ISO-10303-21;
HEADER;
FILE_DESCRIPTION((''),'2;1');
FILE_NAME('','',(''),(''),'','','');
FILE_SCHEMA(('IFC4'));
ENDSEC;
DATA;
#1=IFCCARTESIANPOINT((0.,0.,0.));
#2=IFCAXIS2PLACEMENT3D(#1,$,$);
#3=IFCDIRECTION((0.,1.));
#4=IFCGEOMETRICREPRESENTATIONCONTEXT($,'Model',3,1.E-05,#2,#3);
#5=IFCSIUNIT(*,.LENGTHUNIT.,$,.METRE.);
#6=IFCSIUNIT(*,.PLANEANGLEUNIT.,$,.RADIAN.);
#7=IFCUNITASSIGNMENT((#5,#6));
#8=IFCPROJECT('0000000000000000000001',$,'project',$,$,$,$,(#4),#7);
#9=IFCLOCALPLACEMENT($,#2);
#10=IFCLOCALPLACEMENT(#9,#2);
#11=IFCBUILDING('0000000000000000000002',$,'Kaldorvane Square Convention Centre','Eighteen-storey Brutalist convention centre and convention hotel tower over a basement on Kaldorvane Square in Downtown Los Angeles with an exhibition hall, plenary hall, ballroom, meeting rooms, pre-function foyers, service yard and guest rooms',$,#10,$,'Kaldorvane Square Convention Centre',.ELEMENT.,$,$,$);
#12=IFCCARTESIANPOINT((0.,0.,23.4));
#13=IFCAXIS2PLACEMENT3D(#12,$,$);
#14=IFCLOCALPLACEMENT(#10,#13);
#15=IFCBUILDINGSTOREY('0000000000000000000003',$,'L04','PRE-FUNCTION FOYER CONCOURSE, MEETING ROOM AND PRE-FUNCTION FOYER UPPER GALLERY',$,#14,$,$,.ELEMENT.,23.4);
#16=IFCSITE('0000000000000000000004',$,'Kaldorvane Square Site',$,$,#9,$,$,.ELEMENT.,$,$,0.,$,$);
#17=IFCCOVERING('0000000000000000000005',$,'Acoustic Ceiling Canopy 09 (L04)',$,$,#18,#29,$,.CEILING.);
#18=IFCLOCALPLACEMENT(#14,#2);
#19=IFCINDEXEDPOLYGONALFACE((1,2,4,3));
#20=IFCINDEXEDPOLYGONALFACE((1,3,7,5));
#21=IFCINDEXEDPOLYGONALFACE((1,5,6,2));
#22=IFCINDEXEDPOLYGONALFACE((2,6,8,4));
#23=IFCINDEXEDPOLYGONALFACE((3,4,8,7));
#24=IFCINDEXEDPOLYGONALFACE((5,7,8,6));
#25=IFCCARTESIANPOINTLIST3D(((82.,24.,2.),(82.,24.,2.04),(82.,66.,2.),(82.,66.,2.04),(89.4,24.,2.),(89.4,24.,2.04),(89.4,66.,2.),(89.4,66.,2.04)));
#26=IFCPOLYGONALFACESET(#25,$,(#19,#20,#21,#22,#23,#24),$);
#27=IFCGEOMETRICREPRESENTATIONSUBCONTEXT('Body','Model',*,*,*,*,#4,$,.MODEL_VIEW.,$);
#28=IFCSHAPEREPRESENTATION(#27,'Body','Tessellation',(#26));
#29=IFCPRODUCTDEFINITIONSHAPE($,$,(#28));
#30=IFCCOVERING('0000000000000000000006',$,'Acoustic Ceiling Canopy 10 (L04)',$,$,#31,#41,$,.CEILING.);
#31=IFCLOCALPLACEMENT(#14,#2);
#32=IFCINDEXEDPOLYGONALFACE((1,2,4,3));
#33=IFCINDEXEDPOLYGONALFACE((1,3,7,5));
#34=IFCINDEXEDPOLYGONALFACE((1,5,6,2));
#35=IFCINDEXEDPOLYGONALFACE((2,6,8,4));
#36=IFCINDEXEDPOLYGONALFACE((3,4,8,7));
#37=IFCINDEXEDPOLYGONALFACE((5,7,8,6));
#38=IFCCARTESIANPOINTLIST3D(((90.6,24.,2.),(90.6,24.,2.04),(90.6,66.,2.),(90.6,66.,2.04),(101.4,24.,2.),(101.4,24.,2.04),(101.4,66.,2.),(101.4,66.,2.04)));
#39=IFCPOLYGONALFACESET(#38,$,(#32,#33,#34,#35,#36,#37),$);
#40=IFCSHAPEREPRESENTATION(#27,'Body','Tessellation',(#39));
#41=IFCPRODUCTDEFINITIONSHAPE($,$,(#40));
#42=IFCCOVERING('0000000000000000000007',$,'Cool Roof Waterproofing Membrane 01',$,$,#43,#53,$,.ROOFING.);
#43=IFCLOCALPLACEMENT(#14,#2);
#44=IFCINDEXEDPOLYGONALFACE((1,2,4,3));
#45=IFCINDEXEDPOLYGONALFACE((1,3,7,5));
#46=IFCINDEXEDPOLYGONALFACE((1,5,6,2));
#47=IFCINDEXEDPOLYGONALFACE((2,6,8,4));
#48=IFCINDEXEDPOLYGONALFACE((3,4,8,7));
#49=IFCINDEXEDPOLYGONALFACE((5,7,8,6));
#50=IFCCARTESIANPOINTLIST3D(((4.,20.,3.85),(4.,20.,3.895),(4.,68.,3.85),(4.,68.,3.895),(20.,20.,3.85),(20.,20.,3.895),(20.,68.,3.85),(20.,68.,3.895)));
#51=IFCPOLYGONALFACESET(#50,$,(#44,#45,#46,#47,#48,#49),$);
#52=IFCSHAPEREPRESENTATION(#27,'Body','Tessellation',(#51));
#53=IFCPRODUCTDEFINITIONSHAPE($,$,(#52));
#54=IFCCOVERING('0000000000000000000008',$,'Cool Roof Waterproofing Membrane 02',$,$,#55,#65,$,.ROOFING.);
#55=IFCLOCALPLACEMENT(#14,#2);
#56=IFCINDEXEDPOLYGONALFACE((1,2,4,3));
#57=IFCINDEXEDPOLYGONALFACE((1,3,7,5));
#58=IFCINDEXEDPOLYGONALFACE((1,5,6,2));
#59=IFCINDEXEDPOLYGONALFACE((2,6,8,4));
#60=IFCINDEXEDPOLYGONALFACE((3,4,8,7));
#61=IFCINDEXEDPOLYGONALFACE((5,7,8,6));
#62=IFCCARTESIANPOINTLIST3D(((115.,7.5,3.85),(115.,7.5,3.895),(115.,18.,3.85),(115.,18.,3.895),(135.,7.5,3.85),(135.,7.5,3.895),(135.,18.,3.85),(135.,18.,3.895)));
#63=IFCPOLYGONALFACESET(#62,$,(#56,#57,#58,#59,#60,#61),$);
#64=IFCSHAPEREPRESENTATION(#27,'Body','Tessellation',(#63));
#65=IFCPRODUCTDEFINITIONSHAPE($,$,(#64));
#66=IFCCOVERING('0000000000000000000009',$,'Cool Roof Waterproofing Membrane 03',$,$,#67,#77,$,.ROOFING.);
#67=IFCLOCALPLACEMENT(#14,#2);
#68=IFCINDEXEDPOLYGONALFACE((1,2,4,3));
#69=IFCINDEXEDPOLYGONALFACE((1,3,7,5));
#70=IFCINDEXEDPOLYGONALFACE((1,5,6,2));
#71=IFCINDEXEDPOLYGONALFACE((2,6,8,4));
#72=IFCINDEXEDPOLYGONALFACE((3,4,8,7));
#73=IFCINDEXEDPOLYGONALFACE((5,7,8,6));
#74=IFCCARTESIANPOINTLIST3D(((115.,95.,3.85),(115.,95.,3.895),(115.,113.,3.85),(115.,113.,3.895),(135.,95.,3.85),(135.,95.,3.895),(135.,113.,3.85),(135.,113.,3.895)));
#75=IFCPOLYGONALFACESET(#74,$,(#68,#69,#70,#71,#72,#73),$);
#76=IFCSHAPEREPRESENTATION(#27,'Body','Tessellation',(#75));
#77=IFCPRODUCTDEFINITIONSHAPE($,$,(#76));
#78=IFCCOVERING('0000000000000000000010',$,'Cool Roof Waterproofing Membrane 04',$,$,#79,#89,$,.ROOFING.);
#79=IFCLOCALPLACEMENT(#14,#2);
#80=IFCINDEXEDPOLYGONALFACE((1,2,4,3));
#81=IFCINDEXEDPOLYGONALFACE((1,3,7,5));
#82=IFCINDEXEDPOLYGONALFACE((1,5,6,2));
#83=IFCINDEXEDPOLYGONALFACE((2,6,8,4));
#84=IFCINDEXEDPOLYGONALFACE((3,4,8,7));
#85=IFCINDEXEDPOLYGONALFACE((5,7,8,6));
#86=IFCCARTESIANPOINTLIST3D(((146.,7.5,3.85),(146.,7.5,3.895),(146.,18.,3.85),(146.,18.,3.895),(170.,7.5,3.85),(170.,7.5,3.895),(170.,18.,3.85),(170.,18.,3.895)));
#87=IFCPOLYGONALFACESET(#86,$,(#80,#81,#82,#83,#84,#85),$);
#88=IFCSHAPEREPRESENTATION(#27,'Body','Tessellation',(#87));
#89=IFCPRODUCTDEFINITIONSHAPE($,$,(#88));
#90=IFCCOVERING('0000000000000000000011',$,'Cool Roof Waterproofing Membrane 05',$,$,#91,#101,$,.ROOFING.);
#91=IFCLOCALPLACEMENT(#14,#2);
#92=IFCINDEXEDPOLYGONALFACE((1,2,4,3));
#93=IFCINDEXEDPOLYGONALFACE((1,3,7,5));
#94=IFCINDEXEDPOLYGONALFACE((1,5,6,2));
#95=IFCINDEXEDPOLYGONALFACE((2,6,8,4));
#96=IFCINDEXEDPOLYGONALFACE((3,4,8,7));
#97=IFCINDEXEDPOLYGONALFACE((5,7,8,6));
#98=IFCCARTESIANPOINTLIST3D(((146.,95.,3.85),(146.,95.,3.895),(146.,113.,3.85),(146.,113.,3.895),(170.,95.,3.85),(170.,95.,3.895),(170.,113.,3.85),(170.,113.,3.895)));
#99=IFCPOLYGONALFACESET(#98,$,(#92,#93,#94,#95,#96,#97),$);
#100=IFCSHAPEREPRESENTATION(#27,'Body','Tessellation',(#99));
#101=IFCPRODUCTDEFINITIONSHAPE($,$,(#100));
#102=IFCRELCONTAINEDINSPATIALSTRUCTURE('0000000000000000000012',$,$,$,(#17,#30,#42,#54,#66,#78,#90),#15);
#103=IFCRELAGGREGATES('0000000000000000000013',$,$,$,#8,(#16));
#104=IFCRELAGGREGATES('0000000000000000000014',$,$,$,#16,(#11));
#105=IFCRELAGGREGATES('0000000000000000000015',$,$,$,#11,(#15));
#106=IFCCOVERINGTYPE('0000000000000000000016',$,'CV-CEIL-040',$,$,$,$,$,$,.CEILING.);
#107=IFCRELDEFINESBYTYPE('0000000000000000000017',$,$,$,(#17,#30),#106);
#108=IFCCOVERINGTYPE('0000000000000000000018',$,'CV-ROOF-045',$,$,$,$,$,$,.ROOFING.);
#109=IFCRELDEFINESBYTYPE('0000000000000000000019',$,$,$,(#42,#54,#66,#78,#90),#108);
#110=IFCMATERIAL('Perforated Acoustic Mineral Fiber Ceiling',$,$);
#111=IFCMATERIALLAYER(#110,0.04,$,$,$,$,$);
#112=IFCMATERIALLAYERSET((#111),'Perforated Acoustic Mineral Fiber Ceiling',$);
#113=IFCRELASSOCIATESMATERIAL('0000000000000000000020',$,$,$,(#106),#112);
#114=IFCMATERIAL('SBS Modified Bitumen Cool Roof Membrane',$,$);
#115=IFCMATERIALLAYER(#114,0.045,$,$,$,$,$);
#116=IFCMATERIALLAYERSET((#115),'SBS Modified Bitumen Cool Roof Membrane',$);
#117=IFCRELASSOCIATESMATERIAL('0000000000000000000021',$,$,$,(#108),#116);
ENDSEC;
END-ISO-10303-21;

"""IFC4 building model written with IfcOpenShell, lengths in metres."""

from ifc_helpers import new_model, si_unit, direction, frame, origin, place, context, subcontext, project, spatial, polyline, outline, extrude, material, layer, layer_set, type_object, element, save


model = new_model("IFC4")

# Units and contexts
model_context = context("Model", 3, precision=1e-05, world=origin(), true_north=direction((0.0, 1.0)))
body_context = subcontext(model_context, "Body", "Model", "MODEL_VIEW")
ifc_project = project(units=[si_unit("LENGTHUNIT", "METRE"), si_unit("PLANEANGLEUNIT", "RADIAN")], contexts=[model_context])

# Site, building, storey
site_placement = place(None, origin())
site = spatial("IfcSite", under=ifc_project, at=site_placement, Name="Kaldorvane Square Site", CompositionType="ELEMENT", RefElevation=0.0)
building_placement = place(site_placement, origin())
building = spatial("IfcBuilding", under=site, at=building_placement, Name="Kaldorvane Square Convention Centre", Description="Eighteen-storey Brutalist convention centre and convention hotel tower over a basement on Kaldorvane Square in Downtown Los Angeles with an exhibition hall, plenary hall, ballroom, meeting rooms, pre-function foyers, service yard and guest rooms", LongName="Kaldorvane Square Convention Centre", CompositionType="ELEMENT")
storey_placement = place(building_placement, frame((0.0, 0.0, 23.4)))
storey = spatial("IfcBuildingStorey", under=building, at=storey_placement, Name="L04", Description="PRE-FUNCTION FOYER CONCOURSE, MEETING ROOM AND PRE-FUNCTION FOYER UPPER GALLERY", CompositionType="ELEMENT", Elevation=23.4)

# Coverings
ifc_material_1 = material(Name="Perforated Acoustic Mineral Fiber Ceiling")
ifc_layer_1 = layer(ifc_material_1, 0.04)
ifc_layer_set_1 = layer_set([ifc_layer_1], Name="Perforated Acoustic Mineral Fiber Ceiling")
covering_type_1 = type_object("IfcCoveringType", Name="CV-CEIL-040", PredefinedType="CEILING", material=ifc_layer_set_1)
covering_1_placement = place(storey_placement, frame((0.0, 0.0, 2.0)))
element("IfcCovering", 1, at=covering_1_placement, inside=storey, type_object=covering_type_1, Name="Acoustic Ceiling Canopy 09 (L04)", PredefinedType="CEILING", context=body_context, shape_type="SweptSolid", body=[
    extrude(outline(polyline([(82.0, 24.0), (89.4, 24.0), (89.4, 66.0), (82.0, 66.0), (82.0, 24.0)])), origin(), (0.0, 0.0, 1.0), 0.04),
])
covering_2_placement = place(storey_placement, frame((0.0, 0.0, 2.0)))
element("IfcCovering", 2, at=covering_2_placement, inside=storey, type_object=covering_type_1, Name="Acoustic Ceiling Canopy 10 (L04)", PredefinedType="CEILING", context=body_context, shape_type="SweptSolid", body=[
    extrude(outline(polyline([(90.6, 24.0), (101.4, 24.0), (101.4, 66.0), (90.6, 66.0), (90.6, 24.0)])), origin(), (0.0, 0.0, 1.0), 0.04),
])
ifc_material_2 = material(Name="SBS Modified Bitumen Cool Roof Membrane")
ifc_layer_2 = layer(ifc_material_2, 0.045)
ifc_layer_set_2 = layer_set([ifc_layer_2], Name="SBS Modified Bitumen Cool Roof Membrane")
covering_type_2 = type_object("IfcCoveringType", Name="CV-ROOF-045", PredefinedType="ROOFING", material=ifc_layer_set_2)
covering_3_placement = place(storey_placement, frame((0.0, 0.0, 3.85)))
element("IfcCovering", 3, at=covering_3_placement, inside=storey, type_object=covering_type_2, Name="Cool Roof Waterproofing Membrane 01", PredefinedType="ROOFING", context=body_context, shape_type="SweptSolid", body=[
    extrude(outline(polyline([(4.0, 20.0), (20.0, 20.0), (20.0, 68.0), (4.0, 68.0), (4.0, 20.0)])), origin(), (0.0, 0.0, 1.0), 0.045),
])
covering_4_placement = place(storey_placement, frame((0.0, 0.0, 3.85)))
element("IfcCovering", 4, at=covering_4_placement, inside=storey, type_object=covering_type_2, Name="Cool Roof Waterproofing Membrane 02", PredefinedType="ROOFING", context=body_context, shape_type="SweptSolid", body=[
    extrude(outline(polyline([(115.0, 7.5), (135.0, 7.5), (135.0, 18.0), (115.0, 18.0), (115.0, 7.5)])), origin(), (0.0, 0.0, 1.0), 0.045),
])
covering_5_placement = place(storey_placement, frame((0.0, 0.0, 3.85)))
element("IfcCovering", 5, at=covering_5_placement, inside=storey, type_object=covering_type_2, Name="Cool Roof Waterproofing Membrane 03", PredefinedType="ROOFING", context=body_context, shape_type="SweptSolid", body=[
    extrude(outline(polyline([(115.0, 95.0), (135.0, 95.0), (135.0, 113.0), (115.0, 113.0), (115.0, 95.0)])), origin(), (0.0, 0.0, 1.0), 0.045),
])
covering_6_placement = place(storey_placement, frame((0.0, 0.0, 3.85)))
element("IfcCovering", 6, at=covering_6_placement, inside=storey, type_object=covering_type_2, Name="Cool Roof Waterproofing Membrane 04", PredefinedType="ROOFING", context=body_context, shape_type="SweptSolid", body=[
    extrude(outline(polyline([(146.0, 7.5), (170.0, 7.5), (170.0, 18.0), (146.0, 18.0), (146.0, 7.5)])), origin(), (0.0, 0.0, 1.0), 0.045),
])
covering_7_placement = place(storey_placement, frame((0.0, 0.0, 3.85)))
element("IfcCovering", 7, at=covering_7_placement, inside=storey, type_object=covering_type_2, Name="Cool Roof Waterproofing Membrane 05", PredefinedType="ROOFING", context=body_context, shape_type="SweptSolid", body=[
    extrude(outline(polyline([(146.0, 95.0), (170.0, 95.0), (170.0, 113.0), (146.0, 113.0), (146.0, 95.0)])), origin(), (0.0, 0.0, 1.0), 0.045),
])

save(model, "model.ifc")
